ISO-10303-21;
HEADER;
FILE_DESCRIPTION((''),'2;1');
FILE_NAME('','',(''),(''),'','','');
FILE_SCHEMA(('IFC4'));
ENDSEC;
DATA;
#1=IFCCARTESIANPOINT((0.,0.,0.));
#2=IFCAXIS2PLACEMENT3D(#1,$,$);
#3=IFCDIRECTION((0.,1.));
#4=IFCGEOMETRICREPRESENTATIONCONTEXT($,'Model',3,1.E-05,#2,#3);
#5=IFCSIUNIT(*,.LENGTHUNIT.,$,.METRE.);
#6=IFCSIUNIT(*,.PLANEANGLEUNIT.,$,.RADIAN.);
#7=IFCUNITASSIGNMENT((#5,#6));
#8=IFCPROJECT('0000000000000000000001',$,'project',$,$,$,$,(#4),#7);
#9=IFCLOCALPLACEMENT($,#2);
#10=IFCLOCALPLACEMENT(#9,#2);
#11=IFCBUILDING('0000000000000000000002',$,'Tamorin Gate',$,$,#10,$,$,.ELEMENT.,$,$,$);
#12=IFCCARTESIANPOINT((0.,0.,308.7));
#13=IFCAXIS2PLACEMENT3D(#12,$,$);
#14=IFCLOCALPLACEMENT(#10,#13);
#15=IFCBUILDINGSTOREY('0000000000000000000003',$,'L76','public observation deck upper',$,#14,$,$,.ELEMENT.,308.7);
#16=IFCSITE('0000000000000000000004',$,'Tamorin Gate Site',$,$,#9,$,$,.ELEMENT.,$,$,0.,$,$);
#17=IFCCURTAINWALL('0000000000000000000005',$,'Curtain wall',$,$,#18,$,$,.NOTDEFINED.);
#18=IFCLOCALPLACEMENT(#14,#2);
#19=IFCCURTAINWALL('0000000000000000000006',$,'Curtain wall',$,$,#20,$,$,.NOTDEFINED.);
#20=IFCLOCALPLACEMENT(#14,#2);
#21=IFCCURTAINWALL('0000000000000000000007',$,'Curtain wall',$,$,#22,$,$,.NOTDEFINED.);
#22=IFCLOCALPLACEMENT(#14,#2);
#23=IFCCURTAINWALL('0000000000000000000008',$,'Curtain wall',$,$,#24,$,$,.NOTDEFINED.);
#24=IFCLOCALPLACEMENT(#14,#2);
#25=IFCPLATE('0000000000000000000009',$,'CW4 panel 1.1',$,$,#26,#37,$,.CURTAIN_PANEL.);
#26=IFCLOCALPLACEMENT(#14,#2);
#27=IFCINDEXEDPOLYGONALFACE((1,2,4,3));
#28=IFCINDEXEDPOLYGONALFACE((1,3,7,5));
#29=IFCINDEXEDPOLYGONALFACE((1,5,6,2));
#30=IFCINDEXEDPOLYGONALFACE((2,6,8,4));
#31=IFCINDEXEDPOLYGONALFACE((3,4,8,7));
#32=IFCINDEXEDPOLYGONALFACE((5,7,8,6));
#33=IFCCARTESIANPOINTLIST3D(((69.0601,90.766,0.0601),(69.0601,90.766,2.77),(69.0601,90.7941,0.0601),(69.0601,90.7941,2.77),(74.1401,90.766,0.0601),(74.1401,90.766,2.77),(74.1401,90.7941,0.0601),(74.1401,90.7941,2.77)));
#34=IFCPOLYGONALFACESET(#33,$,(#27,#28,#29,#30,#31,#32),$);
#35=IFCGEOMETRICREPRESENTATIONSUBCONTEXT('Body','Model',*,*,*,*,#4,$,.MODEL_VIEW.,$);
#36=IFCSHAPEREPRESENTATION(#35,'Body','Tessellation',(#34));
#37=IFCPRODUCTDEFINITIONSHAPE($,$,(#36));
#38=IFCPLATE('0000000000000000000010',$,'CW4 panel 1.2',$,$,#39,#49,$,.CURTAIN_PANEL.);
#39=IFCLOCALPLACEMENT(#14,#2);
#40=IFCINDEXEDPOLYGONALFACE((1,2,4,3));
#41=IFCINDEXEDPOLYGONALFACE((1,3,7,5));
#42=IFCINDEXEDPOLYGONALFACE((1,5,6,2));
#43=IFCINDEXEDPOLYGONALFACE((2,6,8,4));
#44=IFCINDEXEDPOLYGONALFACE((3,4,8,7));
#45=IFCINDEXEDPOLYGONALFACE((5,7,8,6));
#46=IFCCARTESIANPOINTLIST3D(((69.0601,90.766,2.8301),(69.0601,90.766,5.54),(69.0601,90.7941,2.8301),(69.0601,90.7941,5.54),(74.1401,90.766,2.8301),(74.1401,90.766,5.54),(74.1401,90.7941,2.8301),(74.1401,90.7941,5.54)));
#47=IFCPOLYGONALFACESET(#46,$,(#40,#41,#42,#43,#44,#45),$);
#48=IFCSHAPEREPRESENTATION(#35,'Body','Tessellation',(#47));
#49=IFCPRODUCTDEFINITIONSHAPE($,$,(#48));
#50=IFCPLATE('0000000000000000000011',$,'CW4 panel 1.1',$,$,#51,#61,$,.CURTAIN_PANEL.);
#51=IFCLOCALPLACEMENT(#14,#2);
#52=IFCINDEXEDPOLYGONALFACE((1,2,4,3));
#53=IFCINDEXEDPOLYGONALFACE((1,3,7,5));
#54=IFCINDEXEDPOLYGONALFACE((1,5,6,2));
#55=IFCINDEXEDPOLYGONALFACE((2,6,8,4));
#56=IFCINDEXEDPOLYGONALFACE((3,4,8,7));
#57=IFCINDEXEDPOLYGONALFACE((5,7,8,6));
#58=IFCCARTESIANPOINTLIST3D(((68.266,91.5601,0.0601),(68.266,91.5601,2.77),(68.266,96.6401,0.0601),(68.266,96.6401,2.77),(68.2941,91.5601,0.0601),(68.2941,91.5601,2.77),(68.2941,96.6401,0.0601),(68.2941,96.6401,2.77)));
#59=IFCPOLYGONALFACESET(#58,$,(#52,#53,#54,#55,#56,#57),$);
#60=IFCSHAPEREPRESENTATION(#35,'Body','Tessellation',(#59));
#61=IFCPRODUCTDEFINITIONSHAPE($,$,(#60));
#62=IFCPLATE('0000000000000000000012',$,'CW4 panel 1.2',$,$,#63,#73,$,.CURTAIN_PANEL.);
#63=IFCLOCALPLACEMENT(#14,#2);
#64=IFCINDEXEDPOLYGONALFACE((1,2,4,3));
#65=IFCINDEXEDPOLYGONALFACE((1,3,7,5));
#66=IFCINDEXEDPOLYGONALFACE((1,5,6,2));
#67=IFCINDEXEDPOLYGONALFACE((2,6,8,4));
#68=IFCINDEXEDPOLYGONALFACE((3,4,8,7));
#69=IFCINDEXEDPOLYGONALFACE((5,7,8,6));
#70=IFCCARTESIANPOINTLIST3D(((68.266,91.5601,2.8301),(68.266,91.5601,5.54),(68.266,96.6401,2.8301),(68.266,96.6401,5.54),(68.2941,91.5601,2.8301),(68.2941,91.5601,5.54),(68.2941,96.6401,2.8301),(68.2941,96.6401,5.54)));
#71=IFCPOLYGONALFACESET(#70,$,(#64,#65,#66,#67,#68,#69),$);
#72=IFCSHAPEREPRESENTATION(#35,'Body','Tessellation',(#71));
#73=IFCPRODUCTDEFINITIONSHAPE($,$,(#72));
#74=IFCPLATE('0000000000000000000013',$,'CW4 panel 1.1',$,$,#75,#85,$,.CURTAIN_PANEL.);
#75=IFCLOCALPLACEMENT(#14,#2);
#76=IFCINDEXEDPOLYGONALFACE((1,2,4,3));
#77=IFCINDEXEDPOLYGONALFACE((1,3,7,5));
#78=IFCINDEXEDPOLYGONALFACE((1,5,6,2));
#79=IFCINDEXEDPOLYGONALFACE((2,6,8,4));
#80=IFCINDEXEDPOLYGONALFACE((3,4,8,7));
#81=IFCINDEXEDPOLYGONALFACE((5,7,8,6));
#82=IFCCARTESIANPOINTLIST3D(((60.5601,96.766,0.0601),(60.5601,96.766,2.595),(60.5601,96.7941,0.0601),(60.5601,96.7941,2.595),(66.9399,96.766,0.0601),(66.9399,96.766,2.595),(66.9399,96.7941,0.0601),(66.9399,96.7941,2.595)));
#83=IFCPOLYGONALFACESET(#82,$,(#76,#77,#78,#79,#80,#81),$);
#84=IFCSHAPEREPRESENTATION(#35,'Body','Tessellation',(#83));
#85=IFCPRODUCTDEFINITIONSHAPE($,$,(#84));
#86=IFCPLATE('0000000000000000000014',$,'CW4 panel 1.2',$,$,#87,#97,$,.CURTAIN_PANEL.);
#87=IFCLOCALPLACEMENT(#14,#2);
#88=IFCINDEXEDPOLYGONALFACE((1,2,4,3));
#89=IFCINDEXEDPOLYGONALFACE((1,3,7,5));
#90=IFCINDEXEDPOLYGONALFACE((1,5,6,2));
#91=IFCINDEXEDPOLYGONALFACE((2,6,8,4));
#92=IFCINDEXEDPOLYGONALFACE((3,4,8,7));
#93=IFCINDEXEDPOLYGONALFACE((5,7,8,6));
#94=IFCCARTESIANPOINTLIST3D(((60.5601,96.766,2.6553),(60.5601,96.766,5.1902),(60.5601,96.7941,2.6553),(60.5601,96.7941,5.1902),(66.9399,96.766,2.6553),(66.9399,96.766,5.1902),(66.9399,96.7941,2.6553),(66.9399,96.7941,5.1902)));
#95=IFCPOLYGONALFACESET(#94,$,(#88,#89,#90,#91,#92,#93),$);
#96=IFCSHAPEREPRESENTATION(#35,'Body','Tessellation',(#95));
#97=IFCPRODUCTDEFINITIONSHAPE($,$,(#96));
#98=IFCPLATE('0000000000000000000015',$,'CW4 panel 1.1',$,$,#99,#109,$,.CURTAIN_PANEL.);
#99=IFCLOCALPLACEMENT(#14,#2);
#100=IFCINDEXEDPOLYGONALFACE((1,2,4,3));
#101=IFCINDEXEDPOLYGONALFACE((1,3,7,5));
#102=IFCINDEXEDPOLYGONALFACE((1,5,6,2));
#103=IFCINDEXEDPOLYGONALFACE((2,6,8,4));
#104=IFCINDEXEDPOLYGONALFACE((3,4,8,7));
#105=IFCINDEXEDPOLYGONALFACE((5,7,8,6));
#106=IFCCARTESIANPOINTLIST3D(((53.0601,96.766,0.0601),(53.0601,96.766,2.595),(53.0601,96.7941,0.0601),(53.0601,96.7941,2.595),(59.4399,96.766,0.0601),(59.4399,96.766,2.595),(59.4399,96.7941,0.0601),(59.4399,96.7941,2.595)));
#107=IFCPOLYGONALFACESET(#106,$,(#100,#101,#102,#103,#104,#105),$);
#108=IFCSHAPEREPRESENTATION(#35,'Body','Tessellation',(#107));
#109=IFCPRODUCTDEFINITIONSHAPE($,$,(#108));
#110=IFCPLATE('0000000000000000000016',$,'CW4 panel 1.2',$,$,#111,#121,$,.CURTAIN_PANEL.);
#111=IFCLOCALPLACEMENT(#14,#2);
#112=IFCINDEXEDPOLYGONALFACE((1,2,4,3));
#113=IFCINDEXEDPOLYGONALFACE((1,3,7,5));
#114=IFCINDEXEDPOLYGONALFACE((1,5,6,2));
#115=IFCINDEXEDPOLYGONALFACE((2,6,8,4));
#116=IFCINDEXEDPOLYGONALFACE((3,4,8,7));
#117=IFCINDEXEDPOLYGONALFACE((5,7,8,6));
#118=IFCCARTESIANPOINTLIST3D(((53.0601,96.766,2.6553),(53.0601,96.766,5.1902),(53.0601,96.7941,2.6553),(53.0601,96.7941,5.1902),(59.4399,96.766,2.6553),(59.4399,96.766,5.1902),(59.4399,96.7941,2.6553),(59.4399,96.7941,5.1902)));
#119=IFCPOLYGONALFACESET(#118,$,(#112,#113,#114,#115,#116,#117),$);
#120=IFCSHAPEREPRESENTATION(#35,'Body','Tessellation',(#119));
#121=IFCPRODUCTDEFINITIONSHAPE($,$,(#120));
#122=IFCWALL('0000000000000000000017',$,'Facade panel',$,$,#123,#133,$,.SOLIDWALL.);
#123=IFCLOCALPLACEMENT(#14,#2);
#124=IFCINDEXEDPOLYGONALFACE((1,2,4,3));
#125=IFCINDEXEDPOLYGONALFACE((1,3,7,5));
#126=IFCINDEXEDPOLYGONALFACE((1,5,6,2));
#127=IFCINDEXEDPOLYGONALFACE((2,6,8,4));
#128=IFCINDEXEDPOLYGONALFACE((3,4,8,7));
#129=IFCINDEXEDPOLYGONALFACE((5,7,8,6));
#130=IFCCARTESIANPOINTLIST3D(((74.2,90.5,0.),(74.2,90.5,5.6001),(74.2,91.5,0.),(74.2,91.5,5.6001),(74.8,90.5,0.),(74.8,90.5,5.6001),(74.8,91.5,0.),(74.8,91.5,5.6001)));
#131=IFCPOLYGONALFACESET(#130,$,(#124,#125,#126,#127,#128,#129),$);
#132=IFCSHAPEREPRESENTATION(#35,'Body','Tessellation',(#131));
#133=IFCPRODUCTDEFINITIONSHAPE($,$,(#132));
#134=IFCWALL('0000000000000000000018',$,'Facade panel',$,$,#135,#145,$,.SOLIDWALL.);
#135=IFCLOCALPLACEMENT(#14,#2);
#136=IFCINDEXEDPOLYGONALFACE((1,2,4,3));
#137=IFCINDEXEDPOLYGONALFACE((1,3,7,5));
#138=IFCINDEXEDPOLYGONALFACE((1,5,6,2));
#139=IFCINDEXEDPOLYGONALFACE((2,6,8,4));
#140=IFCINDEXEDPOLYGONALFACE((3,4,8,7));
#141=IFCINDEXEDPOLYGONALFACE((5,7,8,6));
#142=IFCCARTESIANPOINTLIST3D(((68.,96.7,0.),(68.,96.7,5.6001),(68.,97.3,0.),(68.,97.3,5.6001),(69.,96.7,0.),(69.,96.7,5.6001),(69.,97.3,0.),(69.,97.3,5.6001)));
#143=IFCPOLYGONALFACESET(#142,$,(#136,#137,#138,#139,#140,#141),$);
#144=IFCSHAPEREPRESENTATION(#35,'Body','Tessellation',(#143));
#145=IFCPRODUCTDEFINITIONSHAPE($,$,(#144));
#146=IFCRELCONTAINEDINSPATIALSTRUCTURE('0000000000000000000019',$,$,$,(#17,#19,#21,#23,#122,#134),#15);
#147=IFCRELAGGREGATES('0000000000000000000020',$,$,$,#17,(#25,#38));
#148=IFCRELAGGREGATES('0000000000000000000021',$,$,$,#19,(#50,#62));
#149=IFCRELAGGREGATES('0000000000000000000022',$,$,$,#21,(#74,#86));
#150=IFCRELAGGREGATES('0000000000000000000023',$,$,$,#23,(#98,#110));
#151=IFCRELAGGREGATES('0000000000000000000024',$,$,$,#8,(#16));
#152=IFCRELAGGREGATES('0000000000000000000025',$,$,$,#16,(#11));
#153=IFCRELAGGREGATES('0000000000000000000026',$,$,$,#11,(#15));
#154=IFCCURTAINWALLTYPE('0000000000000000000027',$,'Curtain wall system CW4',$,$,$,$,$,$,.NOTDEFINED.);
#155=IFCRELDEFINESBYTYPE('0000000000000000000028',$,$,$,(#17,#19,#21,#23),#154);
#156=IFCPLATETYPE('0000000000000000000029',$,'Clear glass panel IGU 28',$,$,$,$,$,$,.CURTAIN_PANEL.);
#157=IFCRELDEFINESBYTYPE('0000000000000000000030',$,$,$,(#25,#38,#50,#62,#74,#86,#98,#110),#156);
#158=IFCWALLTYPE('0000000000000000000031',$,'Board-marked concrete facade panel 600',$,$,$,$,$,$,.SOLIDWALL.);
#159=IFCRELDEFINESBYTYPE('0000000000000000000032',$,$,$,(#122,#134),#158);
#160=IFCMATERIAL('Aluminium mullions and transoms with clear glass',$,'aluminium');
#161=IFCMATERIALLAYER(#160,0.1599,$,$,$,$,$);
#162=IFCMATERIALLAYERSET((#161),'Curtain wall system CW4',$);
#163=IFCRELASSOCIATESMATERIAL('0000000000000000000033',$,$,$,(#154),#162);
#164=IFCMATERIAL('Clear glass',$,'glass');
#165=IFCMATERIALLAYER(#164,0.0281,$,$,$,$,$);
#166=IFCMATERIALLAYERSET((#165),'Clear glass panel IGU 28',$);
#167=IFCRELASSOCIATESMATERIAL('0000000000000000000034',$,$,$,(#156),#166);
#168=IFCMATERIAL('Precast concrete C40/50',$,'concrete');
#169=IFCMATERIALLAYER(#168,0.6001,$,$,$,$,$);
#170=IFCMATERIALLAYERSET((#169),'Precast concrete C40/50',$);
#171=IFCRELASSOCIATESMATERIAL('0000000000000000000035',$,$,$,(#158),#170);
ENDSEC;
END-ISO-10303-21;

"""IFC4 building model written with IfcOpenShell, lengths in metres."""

from ifc_helpers import new_model, si_unit, direction, frame, frame_2d, origin, origin_2d, place, context, subcontext, project, spatial, rectangle, extrude, material, layer, layer_set, type_object, element, aggregate, save


model = new_model("IFC4")

# Units and contexts
model_context = context("Model", 3, precision=1e-05, world=origin(), true_north=direction((0.0, 1.0)))
body_context = subcontext(model_context, "Body", "Model", "MODEL_VIEW")
ifc_project = project(units=[si_unit("LENGTHUNIT", "METRE"), si_unit("PLANEANGLEUNIT", "RADIAN")], contexts=[model_context])

# Site, building, storey
site_placement = place(None, origin())
site = spatial("IfcSite", under=ifc_project, at=site_placement, Name="Tamorin Gate Site", CompositionType="ELEMENT", RefElevation=0.0)
building_placement = place(site_placement, origin())
building = spatial("IfcBuilding", under=site, at=building_placement, Name="Tamorin Gate", CompositionType="ELEMENT")
storey_placement = place(building_placement, frame((0.0, 0.0, 308.7)))
storey = spatial("IfcBuildingStorey", under=building, at=storey_placement, Name="L76", Description="public observation deck upper", CompositionType="ELEMENT", Elevation=308.7)

# Curtain walls
ifc_material_1 = material(Name="Aluminium mullions and transoms with clear glass", Category="aluminium")
ifc_layer_1 = layer(ifc_material_1, 0.1599)
ifc_layer_set_1 = layer_set([ifc_layer_1], Name="Curtain wall system CW4")
curtain_wall_type = type_object("IfcCurtainWallType", Name="Curtain wall system CW4", PredefinedType="NOTDEFINED", material=ifc_layer_set_1)
curtain_wall_1_placement = place(storey_placement, origin())
curtain_wall_1 = element("IfcCurtainWall", 1, at=curtain_wall_1_placement, inside=storey, type_object=curtain_wall_type, Name="Curtain wall", PredefinedType="NOTDEFINED")
curtain_wall_2_placement = place(storey_placement, origin())
curtain_wall_2 = element("IfcCurtainWall", 2, at=curtain_wall_2_placement, inside=storey, type_object=curtain_wall_type, Name="Curtain wall", PredefinedType="NOTDEFINED")
curtain_wall_3_placement = place(storey_placement, origin())
curtain_wall_3 = element("IfcCurtainWall", 3, at=curtain_wall_3_placement, inside=storey, type_object=curtain_wall_type, Name="Curtain wall", PredefinedType="NOTDEFINED")
curtain_wall_4_placement = place(storey_placement, origin())
curtain_wall_4 = element("IfcCurtainWall", 4, at=curtain_wall_4_placement, inside=storey, type_object=curtain_wall_type, Name="Curtain wall", PredefinedType="NOTDEFINED")

# Plates
ifc_material_2 = material(Name="Clear glass", Category="glass")
ifc_layer_2 = layer(ifc_material_2, 0.0281)
ifc_layer_set_2 = layer_set([ifc_layer_2], Name="Clear glass panel IGU 28")
plate_type = type_object("IfcPlateType", Name="Clear glass panel IGU 28", PredefinedType="CURTAIN_PANEL", material=ifc_layer_set_2)
plate_1_placement = place(storey_placement, frame((71.6001, 90.78, 0.0601), z_axis=(0.0, 0.0, 1.0), x_axis=(-1.0, 0.0, 0.0)))
plate_1 = element("IfcPlate", 5, at=plate_1_placement, type_object=plate_type, Name="CW4 panel 1.1", PredefinedType="CURTAIN_PANEL", context=body_context, shape_type="SweptSolid", body=[
    extrude(rectangle(XDim=5.0801, YDim=0.0281, at=origin_2d()), origin(), (0.0, 0.0, 1.0), 2.71),
])
plate_2_placement = place(storey_placement, frame((71.6001, 90.78, 2.8301), z_axis=(0.0, 0.0, 1.0), x_axis=(-1.0, 0.0, 0.0)))
plate_2 = element("IfcPlate", 6, at=plate_2_placement, type_object=plate_type, Name="CW4 panel 1.2", PredefinedType="CURTAIN_PANEL", context=body_context, shape_type="SweptSolid", body=[
    extrude(rectangle(XDim=5.0801, YDim=0.0281, at=origin_2d()), origin(), (0.0, 0.0, 1.0), 2.71),
])
aggregate(curtain_wall_1, [plate_1, plate_2])
plate_3_placement = place(storey_placement, frame((68.28, 94.1001, 0.0601), z_axis=(0.0, 0.0, 1.0), x_axis=(0.0, 1.0, 0.0)))
plate_3 = element("IfcPlate", 7, at=plate_3_placement, type_object=plate_type, Name="CW4 panel 1.1", PredefinedType="CURTAIN_PANEL", context=body_context, shape_type="SweptSolid", body=[
    extrude(rectangle(XDim=5.0801, YDim=0.0281, at=origin_2d()), origin(), (0.0, 0.0, 1.0), 2.71),
])
plate_4_placement = place(storey_placement, frame((68.28, 94.1001, 2.8301), z_axis=(0.0, 0.0, 1.0), x_axis=(0.0, 1.0, 0.0)))
plate_4 = element("IfcPlate", 8, at=plate_4_placement, type_object=plate_type, Name="CW4 panel 1.2", PredefinedType="CURTAIN_PANEL", context=body_context, shape_type="SweptSolid", body=[
    extrude(rectangle(XDim=5.0801, YDim=0.0281, at=origin_2d()), origin(), (0.0, 0.0, 1.0), 2.71),
])
aggregate(curtain_wall_2, [plate_3, plate_4])
plate_5_placement = place(storey_placement, frame((63.75, 96.78, 0.0601), z_axis=(0.0, 0.0, 1.0), x_axis=(-1.0, 0.0, 0.0)))
plate_5 = element("IfcPlate", 9, at=plate_5_placement, type_object=plate_type, Name="CW4 panel 1.1", PredefinedType="CURTAIN_PANEL", context=body_context, shape_type="SweptSolid", body=[
    extrude(rectangle(XDim=6.3799, YDim=0.0281, at=origin_2d()), origin(), (0.0, 0.0, 1.0), 2.5349),
])
plate_6_placement = place(storey_placement, frame((63.75, 96.78, 2.6553), z_axis=(0.0, 0.0, 1.0), x_axis=(-1.0, 0.0, 0.0)))
plate_6 = element("IfcPlate", 10, at=plate_6_placement, type_object=plate_type, Name="CW4 panel 1.2", PredefinedType="CURTAIN_PANEL", context=body_context, shape_type="SweptSolid", body=[
    extrude(rectangle(XDim=6.3799, YDim=0.0281, at=origin_2d()), origin(), (0.0, 0.0, 1.0), 2.5349),
])
aggregate(curtain_wall_3, [plate_5, plate_6])
plate_7_placement = place(storey_placement, frame((56.25, 96.78, 0.0601), z_axis=(0.0, 0.0, 1.0), x_axis=(-1.0, 0.0, 0.0)))
plate_7 = element("IfcPlate", 11, at=plate_7_placement, type_object=plate_type, Name="CW4 panel 1.1", PredefinedType="CURTAIN_PANEL", context=body_context, shape_type="SweptSolid", body=[
    extrude(rectangle(XDim=6.3799, YDim=0.0281, at=origin_2d()), origin(), (0.0, 0.0, 1.0), 2.5349),
])
plate_8_placement = place(storey_placement, frame((56.25, 96.78, 2.6553), z_axis=(0.0, 0.0, 1.0), x_axis=(-1.0, 0.0, 0.0)))
plate_8 = element("IfcPlate", 12, at=plate_8_placement, type_object=plate_type, Name="CW4 panel 1.2", PredefinedType="CURTAIN_PANEL", context=body_context, shape_type="SweptSolid", body=[
    extrude(rectangle(XDim=6.3799, YDim=0.0281, at=origin_2d()), origin(), (0.0, 0.0, 1.0), 2.5349),
])
aggregate(curtain_wall_4, [plate_7, plate_8])

# Walls
ifc_material_3 = material(Name="Precast concrete C40/50", Category="concrete")
ifc_layer_3 = layer(ifc_material_3, 0.6001)
ifc_layer_set_3 = layer_set([ifc_layer_3], Name="Precast concrete C40/50")
wall_type = type_object("IfcWallType", Name="Board-marked concrete facade panel 600", PredefinedType="SOLIDWALL", material=ifc_layer_set_3)
for number, where, z_axis, x_axis, name in (
    (13, (74.5, 90.5, 0.0), (0.0, 0.0, 1.0), (0.0, 1.0, 0.0), "Facade panel"),
    (14, (69.0, 97.0, 0.0), (0.0, 0.0, 1.0), (-1.0, 0.0, 0.0), "Facade panel"),
):
    element("IfcWall", number, at=place(storey_placement, frame(where, z_axis=z_axis, x_axis=x_axis)), inside=storey, type_object=wall_type, Name=name, PredefinedType="SOLIDWALL", context=body_context, shape_type="SweptSolid", body=[
        extrude(rectangle(XDim=1.0, YDim=0.6001, at=frame_2d((0.5, 0.0))), origin(), (0.0, 0.0, 1.0), 5.6001),
    ])

save(model, "model.ifc")
